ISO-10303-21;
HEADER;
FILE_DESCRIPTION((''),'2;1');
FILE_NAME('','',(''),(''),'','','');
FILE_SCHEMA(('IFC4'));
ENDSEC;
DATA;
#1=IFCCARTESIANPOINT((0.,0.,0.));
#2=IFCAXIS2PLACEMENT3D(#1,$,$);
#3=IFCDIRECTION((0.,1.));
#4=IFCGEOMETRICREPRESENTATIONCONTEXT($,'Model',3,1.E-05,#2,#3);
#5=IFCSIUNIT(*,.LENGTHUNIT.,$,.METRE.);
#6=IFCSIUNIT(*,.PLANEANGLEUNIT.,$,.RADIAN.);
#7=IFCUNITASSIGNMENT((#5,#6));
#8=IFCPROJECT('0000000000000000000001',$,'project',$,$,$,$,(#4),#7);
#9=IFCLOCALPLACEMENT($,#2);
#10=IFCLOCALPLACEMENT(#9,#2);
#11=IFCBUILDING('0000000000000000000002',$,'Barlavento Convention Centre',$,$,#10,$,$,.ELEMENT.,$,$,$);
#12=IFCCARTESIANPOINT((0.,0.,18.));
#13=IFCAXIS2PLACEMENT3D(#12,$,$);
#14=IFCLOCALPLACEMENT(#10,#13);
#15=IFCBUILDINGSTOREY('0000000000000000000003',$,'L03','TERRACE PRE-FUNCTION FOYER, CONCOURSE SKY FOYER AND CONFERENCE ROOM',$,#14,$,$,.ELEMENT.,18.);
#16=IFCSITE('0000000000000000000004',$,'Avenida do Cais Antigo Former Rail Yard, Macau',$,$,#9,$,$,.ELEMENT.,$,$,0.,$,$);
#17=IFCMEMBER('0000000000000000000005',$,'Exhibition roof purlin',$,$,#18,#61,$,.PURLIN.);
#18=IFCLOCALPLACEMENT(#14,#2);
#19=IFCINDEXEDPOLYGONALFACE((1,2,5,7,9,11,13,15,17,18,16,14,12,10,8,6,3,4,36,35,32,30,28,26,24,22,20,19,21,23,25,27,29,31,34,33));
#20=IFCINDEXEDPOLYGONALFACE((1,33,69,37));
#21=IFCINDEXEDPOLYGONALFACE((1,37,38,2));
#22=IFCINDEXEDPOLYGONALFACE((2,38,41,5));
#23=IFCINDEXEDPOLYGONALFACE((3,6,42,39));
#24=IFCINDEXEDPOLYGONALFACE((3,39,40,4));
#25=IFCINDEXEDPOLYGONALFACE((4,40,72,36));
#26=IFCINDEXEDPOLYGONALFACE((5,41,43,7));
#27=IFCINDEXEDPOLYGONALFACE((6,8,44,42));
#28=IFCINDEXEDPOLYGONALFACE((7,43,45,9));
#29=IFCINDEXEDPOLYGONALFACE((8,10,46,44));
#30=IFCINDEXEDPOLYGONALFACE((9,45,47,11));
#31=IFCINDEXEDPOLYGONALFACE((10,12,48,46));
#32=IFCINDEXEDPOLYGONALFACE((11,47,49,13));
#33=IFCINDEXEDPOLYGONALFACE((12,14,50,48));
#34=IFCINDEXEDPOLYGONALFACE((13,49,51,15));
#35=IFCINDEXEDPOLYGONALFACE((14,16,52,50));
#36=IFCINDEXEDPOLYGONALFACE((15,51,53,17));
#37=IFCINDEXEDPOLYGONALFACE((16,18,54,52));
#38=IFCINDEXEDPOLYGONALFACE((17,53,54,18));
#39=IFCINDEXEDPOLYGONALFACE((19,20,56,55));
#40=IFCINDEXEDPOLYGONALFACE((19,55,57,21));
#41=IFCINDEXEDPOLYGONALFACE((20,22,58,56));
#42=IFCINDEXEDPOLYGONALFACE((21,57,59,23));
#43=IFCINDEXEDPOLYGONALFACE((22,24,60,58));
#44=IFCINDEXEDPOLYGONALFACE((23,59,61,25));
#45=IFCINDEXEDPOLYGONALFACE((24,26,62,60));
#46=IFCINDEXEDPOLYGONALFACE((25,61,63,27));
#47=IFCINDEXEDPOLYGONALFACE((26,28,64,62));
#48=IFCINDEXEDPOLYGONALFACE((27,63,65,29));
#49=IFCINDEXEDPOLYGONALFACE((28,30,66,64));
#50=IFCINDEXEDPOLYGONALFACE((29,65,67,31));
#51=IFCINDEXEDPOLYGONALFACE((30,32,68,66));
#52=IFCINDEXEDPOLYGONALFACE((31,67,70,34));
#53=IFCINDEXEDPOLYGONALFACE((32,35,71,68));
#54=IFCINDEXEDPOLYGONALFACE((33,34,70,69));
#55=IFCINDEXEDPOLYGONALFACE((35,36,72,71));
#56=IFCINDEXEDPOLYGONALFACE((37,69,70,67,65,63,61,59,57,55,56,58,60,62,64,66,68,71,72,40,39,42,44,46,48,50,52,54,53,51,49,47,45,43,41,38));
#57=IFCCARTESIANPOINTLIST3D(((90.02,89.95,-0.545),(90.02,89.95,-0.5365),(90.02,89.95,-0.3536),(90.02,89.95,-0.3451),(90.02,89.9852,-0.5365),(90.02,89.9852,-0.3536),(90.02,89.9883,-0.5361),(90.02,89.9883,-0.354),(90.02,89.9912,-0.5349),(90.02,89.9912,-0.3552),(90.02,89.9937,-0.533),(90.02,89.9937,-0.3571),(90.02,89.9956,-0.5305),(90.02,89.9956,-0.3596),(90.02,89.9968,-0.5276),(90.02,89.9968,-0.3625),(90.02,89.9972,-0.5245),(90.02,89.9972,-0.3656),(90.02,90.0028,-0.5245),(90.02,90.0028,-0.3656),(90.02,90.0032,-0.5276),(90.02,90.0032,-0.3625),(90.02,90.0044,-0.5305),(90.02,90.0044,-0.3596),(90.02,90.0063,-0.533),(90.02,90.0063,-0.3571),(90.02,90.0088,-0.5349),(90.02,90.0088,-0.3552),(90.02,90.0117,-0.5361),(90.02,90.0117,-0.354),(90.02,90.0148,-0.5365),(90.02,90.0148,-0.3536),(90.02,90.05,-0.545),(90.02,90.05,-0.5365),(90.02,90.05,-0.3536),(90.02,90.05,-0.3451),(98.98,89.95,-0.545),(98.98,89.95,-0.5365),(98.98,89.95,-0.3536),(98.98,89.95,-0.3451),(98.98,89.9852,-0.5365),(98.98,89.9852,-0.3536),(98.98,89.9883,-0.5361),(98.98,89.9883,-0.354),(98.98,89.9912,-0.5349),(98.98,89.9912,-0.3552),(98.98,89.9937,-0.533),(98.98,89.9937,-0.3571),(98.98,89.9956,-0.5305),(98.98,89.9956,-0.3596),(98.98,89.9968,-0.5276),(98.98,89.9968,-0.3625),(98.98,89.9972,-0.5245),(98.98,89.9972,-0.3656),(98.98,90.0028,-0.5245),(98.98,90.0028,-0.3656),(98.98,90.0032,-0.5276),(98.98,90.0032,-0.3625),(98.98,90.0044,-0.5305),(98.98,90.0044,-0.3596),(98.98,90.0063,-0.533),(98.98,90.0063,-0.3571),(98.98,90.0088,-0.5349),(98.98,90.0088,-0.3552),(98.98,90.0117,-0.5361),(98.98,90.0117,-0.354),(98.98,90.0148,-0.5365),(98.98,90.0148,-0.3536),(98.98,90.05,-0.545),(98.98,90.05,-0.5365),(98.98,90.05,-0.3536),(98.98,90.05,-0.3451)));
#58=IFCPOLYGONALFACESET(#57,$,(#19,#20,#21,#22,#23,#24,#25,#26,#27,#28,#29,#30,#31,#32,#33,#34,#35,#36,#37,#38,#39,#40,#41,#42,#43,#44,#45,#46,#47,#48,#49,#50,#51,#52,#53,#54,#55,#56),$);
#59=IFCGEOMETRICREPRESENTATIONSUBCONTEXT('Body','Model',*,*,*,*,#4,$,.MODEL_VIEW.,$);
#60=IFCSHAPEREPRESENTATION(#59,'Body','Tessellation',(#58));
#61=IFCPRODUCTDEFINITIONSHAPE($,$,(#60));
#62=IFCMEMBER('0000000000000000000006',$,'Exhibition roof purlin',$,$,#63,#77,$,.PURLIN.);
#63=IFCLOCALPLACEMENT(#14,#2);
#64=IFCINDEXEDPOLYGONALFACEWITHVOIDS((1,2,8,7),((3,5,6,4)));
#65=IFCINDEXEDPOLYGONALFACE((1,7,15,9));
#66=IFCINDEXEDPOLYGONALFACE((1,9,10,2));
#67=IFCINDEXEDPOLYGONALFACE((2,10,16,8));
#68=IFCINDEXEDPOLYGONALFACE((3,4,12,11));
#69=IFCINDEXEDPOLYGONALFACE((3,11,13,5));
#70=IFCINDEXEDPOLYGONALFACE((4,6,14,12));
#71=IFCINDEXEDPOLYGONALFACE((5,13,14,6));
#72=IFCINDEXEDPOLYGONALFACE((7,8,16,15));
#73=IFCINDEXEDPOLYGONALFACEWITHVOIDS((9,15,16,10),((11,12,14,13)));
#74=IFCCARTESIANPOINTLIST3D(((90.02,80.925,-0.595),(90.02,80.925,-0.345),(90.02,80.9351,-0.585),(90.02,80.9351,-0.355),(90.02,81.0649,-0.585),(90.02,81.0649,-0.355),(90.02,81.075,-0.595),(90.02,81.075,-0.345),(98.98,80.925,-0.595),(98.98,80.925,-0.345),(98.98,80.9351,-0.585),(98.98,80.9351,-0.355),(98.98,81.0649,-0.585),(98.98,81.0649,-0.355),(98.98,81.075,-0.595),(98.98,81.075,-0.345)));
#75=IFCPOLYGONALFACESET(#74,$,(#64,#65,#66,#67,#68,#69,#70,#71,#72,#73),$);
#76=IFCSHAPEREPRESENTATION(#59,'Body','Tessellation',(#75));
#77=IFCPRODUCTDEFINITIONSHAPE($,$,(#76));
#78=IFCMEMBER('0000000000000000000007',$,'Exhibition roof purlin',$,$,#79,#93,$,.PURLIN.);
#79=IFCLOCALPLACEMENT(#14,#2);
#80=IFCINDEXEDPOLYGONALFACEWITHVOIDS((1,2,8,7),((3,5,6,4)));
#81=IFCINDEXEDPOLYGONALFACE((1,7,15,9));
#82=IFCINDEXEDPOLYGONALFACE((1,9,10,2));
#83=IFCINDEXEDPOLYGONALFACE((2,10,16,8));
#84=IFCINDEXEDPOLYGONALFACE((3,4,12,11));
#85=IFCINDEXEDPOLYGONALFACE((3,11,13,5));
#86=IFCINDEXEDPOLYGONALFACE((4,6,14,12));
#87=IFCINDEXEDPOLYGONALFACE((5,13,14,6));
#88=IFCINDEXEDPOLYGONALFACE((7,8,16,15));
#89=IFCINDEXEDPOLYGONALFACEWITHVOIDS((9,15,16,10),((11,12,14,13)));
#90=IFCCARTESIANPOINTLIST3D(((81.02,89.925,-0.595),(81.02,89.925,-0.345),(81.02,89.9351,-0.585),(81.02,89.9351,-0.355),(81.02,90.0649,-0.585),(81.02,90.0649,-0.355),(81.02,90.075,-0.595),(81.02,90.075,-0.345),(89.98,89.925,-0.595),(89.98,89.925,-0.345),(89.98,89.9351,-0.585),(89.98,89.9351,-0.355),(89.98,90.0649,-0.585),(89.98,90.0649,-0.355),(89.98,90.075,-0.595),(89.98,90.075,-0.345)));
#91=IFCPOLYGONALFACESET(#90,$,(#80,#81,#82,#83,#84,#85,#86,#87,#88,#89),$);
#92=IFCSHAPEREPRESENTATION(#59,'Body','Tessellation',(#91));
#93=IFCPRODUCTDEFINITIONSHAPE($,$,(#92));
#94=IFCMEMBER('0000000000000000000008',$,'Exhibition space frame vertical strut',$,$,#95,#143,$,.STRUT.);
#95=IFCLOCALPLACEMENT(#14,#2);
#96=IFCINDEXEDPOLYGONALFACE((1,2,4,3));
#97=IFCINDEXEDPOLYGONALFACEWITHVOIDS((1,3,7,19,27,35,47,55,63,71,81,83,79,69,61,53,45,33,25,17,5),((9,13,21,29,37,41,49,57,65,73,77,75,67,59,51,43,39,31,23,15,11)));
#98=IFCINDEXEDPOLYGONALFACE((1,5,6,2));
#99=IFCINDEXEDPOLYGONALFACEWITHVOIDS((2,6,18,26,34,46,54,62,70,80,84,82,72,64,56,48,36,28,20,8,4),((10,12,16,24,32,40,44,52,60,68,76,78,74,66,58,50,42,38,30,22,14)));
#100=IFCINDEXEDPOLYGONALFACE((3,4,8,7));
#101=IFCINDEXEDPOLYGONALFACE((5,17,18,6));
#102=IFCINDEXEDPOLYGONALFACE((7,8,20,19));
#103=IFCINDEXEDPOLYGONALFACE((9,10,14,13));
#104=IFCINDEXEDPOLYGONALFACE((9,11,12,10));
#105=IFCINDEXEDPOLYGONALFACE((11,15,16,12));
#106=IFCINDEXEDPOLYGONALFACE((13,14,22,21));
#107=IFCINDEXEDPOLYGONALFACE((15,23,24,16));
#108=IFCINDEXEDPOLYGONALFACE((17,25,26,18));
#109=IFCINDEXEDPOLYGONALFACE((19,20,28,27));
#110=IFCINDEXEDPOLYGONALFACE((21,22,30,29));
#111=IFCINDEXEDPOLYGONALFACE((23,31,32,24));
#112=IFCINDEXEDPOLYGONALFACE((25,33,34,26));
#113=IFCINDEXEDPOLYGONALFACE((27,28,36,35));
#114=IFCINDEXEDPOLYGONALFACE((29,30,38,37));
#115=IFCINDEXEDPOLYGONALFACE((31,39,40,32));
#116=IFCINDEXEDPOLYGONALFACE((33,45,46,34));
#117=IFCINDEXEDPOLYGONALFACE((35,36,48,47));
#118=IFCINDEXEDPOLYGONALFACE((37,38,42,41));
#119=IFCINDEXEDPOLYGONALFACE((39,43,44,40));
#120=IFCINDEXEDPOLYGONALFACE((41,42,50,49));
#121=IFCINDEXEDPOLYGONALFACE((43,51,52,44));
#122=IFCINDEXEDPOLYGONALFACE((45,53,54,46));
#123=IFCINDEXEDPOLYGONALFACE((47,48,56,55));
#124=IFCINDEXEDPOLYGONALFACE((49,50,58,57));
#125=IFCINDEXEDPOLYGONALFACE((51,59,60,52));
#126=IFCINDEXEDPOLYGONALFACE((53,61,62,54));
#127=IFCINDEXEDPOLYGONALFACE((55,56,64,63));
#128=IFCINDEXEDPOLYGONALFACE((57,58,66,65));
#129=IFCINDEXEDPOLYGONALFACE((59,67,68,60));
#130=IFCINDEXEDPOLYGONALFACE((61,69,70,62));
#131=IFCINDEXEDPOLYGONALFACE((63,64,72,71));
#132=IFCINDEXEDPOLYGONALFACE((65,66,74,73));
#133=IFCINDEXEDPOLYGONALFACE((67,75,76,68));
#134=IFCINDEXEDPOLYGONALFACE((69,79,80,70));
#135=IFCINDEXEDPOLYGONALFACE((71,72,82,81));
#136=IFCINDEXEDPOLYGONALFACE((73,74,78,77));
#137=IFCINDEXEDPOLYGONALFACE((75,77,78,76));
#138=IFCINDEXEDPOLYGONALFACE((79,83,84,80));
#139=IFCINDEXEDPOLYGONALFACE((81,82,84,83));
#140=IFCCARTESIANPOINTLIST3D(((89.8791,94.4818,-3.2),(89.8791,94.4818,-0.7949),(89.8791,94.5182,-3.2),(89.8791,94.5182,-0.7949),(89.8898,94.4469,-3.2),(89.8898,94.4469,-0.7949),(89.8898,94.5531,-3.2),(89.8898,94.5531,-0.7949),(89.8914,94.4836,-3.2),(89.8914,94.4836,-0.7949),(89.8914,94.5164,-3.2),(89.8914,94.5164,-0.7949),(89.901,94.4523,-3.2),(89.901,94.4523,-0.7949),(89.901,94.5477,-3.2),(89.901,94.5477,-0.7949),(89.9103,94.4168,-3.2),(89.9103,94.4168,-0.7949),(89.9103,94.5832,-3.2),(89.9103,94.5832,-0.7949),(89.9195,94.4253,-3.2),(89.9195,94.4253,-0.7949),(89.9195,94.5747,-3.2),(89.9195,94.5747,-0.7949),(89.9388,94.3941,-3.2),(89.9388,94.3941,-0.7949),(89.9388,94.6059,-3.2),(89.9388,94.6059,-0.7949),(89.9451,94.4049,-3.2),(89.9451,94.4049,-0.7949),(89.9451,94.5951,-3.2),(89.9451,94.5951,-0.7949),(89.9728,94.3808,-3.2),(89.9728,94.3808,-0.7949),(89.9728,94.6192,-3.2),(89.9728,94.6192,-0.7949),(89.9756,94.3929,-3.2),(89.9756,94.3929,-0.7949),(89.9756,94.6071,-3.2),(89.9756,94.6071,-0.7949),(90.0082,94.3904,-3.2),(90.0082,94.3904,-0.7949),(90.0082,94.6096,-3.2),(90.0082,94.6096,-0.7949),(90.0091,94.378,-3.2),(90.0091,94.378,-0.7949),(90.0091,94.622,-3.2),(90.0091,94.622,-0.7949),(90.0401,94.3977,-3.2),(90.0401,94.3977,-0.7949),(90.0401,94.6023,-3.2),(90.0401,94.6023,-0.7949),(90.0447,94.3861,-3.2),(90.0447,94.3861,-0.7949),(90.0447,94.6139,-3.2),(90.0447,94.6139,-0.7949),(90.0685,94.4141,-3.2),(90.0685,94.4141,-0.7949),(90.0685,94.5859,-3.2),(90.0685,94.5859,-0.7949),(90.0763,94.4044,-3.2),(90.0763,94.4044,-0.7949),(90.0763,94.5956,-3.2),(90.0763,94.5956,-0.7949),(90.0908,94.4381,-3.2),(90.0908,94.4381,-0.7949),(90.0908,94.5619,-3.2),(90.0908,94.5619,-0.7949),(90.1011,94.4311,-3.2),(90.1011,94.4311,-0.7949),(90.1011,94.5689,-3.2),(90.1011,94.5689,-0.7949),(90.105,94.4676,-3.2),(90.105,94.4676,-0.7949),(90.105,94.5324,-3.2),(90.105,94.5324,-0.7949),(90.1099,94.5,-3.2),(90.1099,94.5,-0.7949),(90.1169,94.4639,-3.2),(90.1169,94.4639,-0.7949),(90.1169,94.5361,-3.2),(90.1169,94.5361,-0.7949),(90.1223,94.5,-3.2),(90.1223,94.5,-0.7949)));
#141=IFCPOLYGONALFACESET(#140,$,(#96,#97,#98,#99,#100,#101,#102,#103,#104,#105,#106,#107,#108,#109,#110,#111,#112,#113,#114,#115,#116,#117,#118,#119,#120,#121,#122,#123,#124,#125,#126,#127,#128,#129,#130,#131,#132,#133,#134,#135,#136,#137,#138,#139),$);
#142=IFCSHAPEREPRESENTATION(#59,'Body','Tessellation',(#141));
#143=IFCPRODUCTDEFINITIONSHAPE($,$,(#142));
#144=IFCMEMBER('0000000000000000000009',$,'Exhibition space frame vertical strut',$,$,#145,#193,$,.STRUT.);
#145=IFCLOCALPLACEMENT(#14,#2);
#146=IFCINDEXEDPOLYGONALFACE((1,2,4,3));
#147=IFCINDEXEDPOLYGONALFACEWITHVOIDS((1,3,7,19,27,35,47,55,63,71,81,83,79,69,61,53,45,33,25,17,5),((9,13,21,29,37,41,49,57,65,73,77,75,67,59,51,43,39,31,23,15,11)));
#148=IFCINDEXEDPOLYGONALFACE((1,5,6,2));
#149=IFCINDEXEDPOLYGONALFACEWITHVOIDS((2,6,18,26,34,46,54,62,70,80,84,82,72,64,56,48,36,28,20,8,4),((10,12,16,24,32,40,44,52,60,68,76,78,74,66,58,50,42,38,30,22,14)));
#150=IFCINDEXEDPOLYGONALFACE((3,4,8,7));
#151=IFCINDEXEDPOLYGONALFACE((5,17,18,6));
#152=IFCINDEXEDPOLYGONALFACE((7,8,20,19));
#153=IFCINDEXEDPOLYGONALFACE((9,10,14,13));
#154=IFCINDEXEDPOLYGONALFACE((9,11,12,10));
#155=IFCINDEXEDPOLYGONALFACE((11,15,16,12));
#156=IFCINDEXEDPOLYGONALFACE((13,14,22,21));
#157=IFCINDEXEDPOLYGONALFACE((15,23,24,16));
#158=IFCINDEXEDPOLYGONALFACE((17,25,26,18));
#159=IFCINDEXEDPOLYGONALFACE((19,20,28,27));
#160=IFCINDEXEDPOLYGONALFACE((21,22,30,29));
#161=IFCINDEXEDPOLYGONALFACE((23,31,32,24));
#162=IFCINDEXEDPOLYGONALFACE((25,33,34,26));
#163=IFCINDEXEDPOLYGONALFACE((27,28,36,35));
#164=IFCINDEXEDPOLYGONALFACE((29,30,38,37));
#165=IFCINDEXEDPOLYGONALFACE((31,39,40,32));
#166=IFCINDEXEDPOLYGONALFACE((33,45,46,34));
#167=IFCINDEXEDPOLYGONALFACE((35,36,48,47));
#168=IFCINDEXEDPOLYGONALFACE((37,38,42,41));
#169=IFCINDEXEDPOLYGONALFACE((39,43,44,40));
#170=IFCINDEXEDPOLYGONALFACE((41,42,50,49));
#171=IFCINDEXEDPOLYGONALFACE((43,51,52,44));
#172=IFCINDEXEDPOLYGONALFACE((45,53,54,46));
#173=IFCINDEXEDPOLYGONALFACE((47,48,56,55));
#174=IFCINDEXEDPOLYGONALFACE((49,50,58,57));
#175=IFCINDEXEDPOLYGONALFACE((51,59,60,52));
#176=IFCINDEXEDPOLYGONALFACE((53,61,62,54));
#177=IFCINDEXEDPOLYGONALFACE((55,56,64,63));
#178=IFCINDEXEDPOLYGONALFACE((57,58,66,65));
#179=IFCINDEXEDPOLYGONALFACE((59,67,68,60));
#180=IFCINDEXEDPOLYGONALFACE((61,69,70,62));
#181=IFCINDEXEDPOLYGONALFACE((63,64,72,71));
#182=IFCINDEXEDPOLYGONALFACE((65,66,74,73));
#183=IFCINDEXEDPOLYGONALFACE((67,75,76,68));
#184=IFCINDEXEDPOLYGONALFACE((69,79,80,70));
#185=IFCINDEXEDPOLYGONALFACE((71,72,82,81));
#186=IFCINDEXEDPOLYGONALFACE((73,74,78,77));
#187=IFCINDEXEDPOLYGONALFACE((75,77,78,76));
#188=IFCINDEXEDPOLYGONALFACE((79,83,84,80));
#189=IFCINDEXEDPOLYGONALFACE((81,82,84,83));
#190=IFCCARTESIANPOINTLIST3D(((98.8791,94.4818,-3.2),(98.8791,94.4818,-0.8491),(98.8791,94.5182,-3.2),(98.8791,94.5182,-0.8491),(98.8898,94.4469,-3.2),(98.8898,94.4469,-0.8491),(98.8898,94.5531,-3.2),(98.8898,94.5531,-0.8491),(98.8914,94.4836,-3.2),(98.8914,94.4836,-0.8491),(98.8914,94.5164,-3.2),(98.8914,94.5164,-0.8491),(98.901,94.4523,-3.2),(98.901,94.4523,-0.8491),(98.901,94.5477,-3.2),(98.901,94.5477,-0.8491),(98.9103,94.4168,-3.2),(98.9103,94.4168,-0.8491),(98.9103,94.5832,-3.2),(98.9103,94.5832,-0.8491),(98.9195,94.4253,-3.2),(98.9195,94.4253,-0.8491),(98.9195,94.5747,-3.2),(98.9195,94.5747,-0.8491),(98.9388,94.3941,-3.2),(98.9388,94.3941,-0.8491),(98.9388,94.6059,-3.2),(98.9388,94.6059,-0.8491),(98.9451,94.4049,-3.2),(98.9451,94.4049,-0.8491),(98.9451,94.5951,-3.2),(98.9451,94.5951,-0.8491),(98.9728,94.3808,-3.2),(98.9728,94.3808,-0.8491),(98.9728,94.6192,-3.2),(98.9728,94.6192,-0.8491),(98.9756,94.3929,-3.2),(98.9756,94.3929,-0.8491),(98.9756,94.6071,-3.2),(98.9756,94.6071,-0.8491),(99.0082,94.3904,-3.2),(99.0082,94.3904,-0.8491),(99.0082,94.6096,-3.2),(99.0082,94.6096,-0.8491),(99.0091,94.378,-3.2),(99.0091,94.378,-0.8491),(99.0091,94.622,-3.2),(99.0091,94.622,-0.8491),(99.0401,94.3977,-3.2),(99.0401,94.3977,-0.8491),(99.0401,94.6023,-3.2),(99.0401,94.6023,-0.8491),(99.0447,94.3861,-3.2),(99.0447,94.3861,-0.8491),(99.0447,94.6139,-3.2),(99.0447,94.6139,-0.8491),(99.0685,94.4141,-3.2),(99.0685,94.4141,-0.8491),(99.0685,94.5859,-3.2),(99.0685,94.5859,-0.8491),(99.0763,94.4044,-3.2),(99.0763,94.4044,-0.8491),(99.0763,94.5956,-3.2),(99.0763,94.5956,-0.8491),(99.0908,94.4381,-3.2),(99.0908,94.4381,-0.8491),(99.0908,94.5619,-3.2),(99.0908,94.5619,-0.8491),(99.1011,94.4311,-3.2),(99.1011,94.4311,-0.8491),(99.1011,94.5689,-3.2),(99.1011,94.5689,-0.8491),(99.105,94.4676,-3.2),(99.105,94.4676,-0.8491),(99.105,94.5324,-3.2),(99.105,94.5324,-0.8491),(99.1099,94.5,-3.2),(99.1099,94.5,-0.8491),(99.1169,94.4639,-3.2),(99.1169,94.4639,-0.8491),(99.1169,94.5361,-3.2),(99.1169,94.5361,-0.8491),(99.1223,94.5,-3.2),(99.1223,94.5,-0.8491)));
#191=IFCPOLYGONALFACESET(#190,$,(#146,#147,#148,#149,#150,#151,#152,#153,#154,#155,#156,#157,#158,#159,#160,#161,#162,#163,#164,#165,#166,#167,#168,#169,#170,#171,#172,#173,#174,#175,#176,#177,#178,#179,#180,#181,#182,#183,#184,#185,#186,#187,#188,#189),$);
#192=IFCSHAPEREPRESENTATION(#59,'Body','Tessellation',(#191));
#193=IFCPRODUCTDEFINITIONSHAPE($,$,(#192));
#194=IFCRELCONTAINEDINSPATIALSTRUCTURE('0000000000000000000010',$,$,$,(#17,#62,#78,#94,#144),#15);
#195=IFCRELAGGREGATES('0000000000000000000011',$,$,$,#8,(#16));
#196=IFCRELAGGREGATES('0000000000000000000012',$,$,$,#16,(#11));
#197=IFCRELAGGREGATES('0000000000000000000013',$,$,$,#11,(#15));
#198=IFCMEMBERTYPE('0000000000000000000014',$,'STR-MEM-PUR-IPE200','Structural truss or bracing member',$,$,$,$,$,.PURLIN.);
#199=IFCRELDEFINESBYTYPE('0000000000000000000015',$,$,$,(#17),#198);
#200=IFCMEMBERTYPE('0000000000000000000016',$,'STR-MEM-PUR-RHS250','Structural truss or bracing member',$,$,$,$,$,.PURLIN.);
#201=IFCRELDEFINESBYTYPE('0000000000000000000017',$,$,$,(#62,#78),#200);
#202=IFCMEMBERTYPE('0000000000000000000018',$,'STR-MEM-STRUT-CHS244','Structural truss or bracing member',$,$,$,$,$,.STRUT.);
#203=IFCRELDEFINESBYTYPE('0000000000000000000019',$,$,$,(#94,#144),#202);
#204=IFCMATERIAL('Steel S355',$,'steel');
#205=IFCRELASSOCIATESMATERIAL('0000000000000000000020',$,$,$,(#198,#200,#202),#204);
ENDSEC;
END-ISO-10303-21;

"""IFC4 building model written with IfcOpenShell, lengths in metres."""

from ifc_helpers import new_model, si_unit, direction, frame, origin, origin_2d, place, context, subcontext, project, spatial, hollow_rectangle, hollow_circle, i_section, extrude, material, material_profile, profile_set, type_object, element, save


model = new_model("IFC4")

# Units and contexts
model_context = context("Model", 3, precision=1e-05, world=origin(), true_north=direction((0.0, 1.0)))
body_context = subcontext(model_context, "Body", "Model", "MODEL_VIEW")
ifc_project = project(units=[si_unit("LENGTHUNIT", "METRE"), si_unit("PLANEANGLEUNIT", "RADIAN")], contexts=[model_context])

# Site, building, storey
site_placement = place(None, origin())
site = spatial("IfcSite", under=ifc_project, at=site_placement, Name="Avenida do Cais Antigo Former Rail Yard, Macau", CompositionType="ELEMENT", RefElevation=0.0)
building_placement = place(site_placement, origin())
building = spatial("IfcBuilding", under=site, at=building_placement, Name="Barlavento Convention Centre", CompositionType="ELEMENT")
storey_placement = place(building_placement, frame((0.0, 0.0, 18.0)))
storey = spatial("IfcBuildingStorey", under=building, at=storey_placement, Name="L03", Description="TERRACE PRE-FUNCTION FOYER, CONCOURSE SKY FOYER AND CONFERENCE ROOM", CompositionType="ELEMENT", Elevation=18.0)

# Members
ifc_material_1 = material(Name="Steel S355", Category="steel")
ifc_material_profile_1 = material_profile(ifc_material_1, i_section(OverallWidth=0.1001, OverallDepth=0.2, WebThickness=0.0056, FlangeThickness=0.0085, FilletRadius=0.012, at=origin_2d()), Name="IPE 200")
ifc_profile_set_1 = profile_set([ifc_material_profile_1], Name="Steel S355")
member_type_1 = type_object("IfcMemberType", Name="STR-MEM-PUR-IPE200", Description="Structural truss or bracing member", PredefinedType="PURLIN", material=ifc_profile_set_1)
for number, where, z_axis, x_axis, name in (
    (1, (90.02, 90.0, -0.4451), (1.0, 0.0, 0.0), (0.0, 1.0, 0.0), "Exhibition roof purlin"),
):
    element("IfcMember", number, at=place(storey_placement, frame(where, z_axis=z_axis, x_axis=x_axis)), inside=storey, type_object=member_type_1, Name=name, PredefinedType="PURLIN", context=body_context, shape_type="SweptSolid", body=[
        extrude(i_section(OverallWidth=0.1001, OverallDepth=0.2, WebThickness=0.0056, FlangeThickness=0.0085, FilletRadius=0.012, at=origin_2d()), origin(), (0.0, 0.0, 1.0), 8.96),
    ])
ifc_material_profile_2 = material_profile(ifc_material_1, hollow_rectangle(XDim=0.1499, YDim=0.25, WallThickness=0.01, at=origin_2d()), Name="RHS 250x150x10.0")
ifc_profile_set_2 = profile_set([ifc_material_profile_2], Name="Steel S355")
member_type_2 = type_object("IfcMemberType", Name="STR-MEM-PUR-RHS250", Description="Structural truss or bracing member", PredefinedType="PURLIN", material=ifc_profile_set_2)
for number, where, z_axis, x_axis, name in (
    (2, (90.02, 81.0, -0.47), (1.0, 0.0, 0.0), (0.0, 1.0, 0.0), "Exhibition roof purlin"),
    (3, (81.02, 90.0, -0.47), (1.0, 0.0, 0.0), (0.0, 1.0, 0.0), "Exhibition roof purlin"),
):
    element("IfcMember", number, at=place(storey_placement, frame(where, z_axis=z_axis, x_axis=x_axis)), inside=storey, type_object=member_type_2, Name=name, PredefinedType="PURLIN", context=body_context, shape_type="SweptSolid", body=[
        extrude(hollow_rectangle(XDim=0.1499, YDim=0.25, WallThickness=0.01, at=origin_2d()), origin(), (0.0, 0.0, 1.0), 8.96),
    ])
ifc_material_profile_3 = material_profile(ifc_material_1, hollow_circle(Radius=0.1223, WallThickness=0.0125, at=origin_2d()), Name="CHS 244.5x12.5")
ifc_profile_set_3 = profile_set([ifc_material_profile_3], Name="Steel S355")
member_type_3 = type_object("IfcMemberType", Name="STR-MEM-STRUT-CHS244", Description="Structural truss or bracing member", PredefinedType="STRUT", material=ifc_profile_set_3)
member_1_placement = place(storey_placement, frame((90.0, 94.5, -3.2), z_axis=(0.0, 0.0, 1.0), x_axis=(1.0, 0.0, 0.0)))
element("IfcMember", 4, at=member_1_placement, inside=storey, type_object=member_type_3, Name="Exhibition space frame vertical strut", PredefinedType="STRUT", context=body_context, shape_type="SweptSolid", body=[
    extrude(hollow_circle(Radius=0.1223, WallThickness=0.0125, at=origin_2d()), origin(), (0.0, 0.0, 1.0), 2.405),
])
member_2_placement = place(storey_placement, frame((99.0, 94.5, -3.2), z_axis=(0.0, 0.0, 1.0), x_axis=(1.0, 0.0, 0.0)))
element("IfcMember", 5, at=member_2_placement, inside=storey, type_object=member_type_3, Name="Exhibition space frame vertical strut", PredefinedType="STRUT", context=body_context, shape_type="SweptSolid", body=[
    extrude(hollow_circle(Radius=0.1223, WallThickness=0.0125, at=origin_2d()), origin(), (0.0, 0.0, 1.0), 2.3508),
])

save(model, "model.ifc")
